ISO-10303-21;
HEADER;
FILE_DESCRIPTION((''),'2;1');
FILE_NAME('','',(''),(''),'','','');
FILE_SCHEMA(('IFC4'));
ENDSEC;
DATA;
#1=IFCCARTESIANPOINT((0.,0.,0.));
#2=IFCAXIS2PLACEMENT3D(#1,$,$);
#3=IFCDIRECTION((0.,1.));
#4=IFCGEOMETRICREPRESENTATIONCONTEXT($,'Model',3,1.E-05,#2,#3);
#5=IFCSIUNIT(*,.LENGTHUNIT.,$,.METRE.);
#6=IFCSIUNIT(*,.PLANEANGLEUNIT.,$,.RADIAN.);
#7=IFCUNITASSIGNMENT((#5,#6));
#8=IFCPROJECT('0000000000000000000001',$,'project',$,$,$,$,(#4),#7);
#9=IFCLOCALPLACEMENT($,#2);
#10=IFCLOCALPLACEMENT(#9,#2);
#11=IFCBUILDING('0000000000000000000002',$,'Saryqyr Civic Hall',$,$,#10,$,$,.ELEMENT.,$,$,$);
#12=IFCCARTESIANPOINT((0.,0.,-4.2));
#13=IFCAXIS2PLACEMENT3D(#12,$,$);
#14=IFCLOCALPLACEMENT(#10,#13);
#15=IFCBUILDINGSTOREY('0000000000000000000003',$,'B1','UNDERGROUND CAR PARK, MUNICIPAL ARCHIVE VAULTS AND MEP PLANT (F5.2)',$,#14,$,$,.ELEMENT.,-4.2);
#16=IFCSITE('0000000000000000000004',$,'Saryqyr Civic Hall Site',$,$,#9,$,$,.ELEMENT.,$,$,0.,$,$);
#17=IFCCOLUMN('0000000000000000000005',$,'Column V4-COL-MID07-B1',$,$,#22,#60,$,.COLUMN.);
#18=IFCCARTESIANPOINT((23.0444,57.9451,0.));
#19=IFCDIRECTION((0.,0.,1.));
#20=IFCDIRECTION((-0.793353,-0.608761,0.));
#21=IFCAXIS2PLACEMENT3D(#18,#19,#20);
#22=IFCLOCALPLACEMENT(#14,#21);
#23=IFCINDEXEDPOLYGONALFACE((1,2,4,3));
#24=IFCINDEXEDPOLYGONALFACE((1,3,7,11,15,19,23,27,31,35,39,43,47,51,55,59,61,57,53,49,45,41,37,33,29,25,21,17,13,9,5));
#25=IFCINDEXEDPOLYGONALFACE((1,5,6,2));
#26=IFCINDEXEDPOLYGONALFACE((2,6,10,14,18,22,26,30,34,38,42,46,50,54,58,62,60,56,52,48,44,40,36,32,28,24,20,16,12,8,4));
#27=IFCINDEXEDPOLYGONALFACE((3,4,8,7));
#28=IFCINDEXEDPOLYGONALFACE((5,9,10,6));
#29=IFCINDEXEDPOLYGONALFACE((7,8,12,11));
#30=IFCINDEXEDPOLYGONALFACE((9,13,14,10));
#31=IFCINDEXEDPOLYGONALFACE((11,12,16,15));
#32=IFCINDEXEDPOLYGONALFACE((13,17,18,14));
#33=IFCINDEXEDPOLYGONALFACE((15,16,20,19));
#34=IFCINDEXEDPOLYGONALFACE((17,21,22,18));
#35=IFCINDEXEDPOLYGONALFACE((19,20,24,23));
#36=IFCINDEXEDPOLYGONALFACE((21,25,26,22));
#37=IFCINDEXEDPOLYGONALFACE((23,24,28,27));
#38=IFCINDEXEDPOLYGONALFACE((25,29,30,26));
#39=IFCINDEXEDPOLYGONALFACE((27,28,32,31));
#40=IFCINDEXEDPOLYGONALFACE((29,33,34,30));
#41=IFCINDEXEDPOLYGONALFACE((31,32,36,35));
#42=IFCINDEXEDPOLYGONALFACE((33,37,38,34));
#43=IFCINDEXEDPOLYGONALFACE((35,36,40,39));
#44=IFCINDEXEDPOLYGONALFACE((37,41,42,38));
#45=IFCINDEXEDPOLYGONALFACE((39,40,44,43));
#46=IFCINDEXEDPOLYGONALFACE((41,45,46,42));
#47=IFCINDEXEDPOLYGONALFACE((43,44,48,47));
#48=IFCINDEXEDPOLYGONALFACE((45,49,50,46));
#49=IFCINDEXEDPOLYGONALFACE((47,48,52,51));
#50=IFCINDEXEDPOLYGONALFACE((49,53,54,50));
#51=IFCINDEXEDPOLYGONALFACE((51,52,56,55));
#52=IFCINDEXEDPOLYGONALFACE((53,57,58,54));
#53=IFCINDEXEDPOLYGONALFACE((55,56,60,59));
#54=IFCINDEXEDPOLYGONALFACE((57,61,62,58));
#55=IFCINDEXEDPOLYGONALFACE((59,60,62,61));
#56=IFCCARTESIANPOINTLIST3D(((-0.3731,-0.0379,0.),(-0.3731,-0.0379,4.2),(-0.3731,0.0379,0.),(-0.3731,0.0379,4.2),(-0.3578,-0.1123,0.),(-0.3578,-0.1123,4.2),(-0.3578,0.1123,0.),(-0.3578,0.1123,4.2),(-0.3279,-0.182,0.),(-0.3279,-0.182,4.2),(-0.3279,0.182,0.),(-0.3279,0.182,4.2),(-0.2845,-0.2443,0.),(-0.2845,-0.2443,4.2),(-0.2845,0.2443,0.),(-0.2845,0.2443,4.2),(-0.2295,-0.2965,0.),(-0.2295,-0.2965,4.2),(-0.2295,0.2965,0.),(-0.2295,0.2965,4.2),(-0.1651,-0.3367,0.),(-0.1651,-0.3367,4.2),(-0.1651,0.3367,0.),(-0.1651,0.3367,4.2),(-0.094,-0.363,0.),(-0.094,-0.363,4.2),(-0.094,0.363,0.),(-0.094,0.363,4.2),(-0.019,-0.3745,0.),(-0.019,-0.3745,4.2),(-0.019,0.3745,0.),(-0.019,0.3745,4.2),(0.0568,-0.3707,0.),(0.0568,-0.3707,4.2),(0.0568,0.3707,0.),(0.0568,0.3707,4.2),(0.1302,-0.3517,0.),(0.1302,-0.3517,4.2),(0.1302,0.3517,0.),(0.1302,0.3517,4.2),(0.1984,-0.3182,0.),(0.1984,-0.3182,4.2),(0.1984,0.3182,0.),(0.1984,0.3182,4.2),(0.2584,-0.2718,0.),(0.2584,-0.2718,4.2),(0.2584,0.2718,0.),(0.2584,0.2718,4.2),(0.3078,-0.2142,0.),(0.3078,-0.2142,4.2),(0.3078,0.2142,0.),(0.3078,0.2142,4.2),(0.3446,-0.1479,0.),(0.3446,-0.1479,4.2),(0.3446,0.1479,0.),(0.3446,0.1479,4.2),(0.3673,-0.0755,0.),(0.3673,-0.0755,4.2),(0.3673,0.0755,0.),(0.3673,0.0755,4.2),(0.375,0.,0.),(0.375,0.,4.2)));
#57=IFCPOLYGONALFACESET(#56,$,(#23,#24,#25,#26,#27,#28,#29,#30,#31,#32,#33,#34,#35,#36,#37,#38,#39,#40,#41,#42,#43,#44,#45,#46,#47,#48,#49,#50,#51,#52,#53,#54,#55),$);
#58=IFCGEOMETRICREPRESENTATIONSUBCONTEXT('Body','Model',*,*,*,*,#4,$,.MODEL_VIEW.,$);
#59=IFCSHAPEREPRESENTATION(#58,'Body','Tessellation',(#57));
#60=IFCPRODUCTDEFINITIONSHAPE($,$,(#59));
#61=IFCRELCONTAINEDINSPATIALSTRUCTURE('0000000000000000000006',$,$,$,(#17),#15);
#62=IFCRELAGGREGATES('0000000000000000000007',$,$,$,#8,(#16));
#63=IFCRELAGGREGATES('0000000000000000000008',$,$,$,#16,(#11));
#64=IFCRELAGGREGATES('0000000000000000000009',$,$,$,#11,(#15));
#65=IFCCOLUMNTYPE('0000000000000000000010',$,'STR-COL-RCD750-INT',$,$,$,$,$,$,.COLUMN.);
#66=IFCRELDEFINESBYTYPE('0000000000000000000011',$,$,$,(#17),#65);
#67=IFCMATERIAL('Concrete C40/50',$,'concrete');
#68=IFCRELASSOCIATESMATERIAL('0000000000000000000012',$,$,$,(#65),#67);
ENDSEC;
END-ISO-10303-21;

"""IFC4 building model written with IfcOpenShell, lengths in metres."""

from ifc_helpers import new_model, si_unit, direction, frame, origin, origin_2d, place, context, subcontext, project, spatial, circle, extrude, material, material_profile, profile_set, type_object, element, save


model = new_model("IFC4")

# Units and contexts
model_context = context("Model", 3, precision=1e-05, world=origin(), true_north=direction((0.0, 1.0)))
body_context = subcontext(model_context, "Body", "Model", "MODEL_VIEW")
ifc_project = project(units=[si_unit("LENGTHUNIT", "METRE"), si_unit("PLANEANGLEUNIT", "RADIAN")], contexts=[model_context])

# Site, building, storey
site_placement = place(None, origin())
site = spatial("IfcSite", under=ifc_project, at=site_placement, Name="Saryqyr Civic Hall Site", CompositionType="ELEMENT", RefElevation=0.0)
building_placement = place(site_placement, origin())
building = spatial("IfcBuilding", under=site, at=building_placement, Name="Saryqyr Civic Hall", CompositionType="ELEMENT")
storey_placement = place(building_placement, frame((0.0, 0.0, -4.2)))
storey = spatial("IfcBuildingStorey", under=building, at=storey_placement, Name="B1", Description="UNDERGROUND CAR PARK, MUNICIPAL ARCHIVE VAULTS AND MEP PLANT (F5.2)", CompositionType="ELEMENT", Elevation=-4.2)

# Column
ifc_material_1 = material(Name="Concrete C40/50", Category="concrete")
ifc_material_profile_1 = material_profile(ifc_material_1, circle(Radius=0.375, at=origin_2d()), Name="RC D750")
ifc_profile_set_1 = profile_set([ifc_material_profile_1], Name="Concrete C40/50")
column_type_1 = type_object("IfcColumnType", Name="STR-COL-RCD750-INT", PredefinedType="COLUMN", material=ifc_profile_set_1)
for number, where, z_axis, x_axis, name in (
    (1, (23.0444, 57.9451, 0.0), (0.0, 0.0, 1.0), (-0.793353, -0.608761, 0.0), "Column V4-COL-MID07-B1"),
):
    element("IfcColumn", number, at=place(storey_placement, frame(where, z_axis=z_axis, x_axis=x_axis)), inside=storey, type_object=column_type_1, Name=name, PredefinedType="COLUMN", context=body_context, shape_type="SweptSolid", body=[
        extrude(circle(Radius=0.375, at=origin_2d()), origin(), (0.0, 0.0, 1.0), 4.2),
    ])

save(model, "model.ifc")
